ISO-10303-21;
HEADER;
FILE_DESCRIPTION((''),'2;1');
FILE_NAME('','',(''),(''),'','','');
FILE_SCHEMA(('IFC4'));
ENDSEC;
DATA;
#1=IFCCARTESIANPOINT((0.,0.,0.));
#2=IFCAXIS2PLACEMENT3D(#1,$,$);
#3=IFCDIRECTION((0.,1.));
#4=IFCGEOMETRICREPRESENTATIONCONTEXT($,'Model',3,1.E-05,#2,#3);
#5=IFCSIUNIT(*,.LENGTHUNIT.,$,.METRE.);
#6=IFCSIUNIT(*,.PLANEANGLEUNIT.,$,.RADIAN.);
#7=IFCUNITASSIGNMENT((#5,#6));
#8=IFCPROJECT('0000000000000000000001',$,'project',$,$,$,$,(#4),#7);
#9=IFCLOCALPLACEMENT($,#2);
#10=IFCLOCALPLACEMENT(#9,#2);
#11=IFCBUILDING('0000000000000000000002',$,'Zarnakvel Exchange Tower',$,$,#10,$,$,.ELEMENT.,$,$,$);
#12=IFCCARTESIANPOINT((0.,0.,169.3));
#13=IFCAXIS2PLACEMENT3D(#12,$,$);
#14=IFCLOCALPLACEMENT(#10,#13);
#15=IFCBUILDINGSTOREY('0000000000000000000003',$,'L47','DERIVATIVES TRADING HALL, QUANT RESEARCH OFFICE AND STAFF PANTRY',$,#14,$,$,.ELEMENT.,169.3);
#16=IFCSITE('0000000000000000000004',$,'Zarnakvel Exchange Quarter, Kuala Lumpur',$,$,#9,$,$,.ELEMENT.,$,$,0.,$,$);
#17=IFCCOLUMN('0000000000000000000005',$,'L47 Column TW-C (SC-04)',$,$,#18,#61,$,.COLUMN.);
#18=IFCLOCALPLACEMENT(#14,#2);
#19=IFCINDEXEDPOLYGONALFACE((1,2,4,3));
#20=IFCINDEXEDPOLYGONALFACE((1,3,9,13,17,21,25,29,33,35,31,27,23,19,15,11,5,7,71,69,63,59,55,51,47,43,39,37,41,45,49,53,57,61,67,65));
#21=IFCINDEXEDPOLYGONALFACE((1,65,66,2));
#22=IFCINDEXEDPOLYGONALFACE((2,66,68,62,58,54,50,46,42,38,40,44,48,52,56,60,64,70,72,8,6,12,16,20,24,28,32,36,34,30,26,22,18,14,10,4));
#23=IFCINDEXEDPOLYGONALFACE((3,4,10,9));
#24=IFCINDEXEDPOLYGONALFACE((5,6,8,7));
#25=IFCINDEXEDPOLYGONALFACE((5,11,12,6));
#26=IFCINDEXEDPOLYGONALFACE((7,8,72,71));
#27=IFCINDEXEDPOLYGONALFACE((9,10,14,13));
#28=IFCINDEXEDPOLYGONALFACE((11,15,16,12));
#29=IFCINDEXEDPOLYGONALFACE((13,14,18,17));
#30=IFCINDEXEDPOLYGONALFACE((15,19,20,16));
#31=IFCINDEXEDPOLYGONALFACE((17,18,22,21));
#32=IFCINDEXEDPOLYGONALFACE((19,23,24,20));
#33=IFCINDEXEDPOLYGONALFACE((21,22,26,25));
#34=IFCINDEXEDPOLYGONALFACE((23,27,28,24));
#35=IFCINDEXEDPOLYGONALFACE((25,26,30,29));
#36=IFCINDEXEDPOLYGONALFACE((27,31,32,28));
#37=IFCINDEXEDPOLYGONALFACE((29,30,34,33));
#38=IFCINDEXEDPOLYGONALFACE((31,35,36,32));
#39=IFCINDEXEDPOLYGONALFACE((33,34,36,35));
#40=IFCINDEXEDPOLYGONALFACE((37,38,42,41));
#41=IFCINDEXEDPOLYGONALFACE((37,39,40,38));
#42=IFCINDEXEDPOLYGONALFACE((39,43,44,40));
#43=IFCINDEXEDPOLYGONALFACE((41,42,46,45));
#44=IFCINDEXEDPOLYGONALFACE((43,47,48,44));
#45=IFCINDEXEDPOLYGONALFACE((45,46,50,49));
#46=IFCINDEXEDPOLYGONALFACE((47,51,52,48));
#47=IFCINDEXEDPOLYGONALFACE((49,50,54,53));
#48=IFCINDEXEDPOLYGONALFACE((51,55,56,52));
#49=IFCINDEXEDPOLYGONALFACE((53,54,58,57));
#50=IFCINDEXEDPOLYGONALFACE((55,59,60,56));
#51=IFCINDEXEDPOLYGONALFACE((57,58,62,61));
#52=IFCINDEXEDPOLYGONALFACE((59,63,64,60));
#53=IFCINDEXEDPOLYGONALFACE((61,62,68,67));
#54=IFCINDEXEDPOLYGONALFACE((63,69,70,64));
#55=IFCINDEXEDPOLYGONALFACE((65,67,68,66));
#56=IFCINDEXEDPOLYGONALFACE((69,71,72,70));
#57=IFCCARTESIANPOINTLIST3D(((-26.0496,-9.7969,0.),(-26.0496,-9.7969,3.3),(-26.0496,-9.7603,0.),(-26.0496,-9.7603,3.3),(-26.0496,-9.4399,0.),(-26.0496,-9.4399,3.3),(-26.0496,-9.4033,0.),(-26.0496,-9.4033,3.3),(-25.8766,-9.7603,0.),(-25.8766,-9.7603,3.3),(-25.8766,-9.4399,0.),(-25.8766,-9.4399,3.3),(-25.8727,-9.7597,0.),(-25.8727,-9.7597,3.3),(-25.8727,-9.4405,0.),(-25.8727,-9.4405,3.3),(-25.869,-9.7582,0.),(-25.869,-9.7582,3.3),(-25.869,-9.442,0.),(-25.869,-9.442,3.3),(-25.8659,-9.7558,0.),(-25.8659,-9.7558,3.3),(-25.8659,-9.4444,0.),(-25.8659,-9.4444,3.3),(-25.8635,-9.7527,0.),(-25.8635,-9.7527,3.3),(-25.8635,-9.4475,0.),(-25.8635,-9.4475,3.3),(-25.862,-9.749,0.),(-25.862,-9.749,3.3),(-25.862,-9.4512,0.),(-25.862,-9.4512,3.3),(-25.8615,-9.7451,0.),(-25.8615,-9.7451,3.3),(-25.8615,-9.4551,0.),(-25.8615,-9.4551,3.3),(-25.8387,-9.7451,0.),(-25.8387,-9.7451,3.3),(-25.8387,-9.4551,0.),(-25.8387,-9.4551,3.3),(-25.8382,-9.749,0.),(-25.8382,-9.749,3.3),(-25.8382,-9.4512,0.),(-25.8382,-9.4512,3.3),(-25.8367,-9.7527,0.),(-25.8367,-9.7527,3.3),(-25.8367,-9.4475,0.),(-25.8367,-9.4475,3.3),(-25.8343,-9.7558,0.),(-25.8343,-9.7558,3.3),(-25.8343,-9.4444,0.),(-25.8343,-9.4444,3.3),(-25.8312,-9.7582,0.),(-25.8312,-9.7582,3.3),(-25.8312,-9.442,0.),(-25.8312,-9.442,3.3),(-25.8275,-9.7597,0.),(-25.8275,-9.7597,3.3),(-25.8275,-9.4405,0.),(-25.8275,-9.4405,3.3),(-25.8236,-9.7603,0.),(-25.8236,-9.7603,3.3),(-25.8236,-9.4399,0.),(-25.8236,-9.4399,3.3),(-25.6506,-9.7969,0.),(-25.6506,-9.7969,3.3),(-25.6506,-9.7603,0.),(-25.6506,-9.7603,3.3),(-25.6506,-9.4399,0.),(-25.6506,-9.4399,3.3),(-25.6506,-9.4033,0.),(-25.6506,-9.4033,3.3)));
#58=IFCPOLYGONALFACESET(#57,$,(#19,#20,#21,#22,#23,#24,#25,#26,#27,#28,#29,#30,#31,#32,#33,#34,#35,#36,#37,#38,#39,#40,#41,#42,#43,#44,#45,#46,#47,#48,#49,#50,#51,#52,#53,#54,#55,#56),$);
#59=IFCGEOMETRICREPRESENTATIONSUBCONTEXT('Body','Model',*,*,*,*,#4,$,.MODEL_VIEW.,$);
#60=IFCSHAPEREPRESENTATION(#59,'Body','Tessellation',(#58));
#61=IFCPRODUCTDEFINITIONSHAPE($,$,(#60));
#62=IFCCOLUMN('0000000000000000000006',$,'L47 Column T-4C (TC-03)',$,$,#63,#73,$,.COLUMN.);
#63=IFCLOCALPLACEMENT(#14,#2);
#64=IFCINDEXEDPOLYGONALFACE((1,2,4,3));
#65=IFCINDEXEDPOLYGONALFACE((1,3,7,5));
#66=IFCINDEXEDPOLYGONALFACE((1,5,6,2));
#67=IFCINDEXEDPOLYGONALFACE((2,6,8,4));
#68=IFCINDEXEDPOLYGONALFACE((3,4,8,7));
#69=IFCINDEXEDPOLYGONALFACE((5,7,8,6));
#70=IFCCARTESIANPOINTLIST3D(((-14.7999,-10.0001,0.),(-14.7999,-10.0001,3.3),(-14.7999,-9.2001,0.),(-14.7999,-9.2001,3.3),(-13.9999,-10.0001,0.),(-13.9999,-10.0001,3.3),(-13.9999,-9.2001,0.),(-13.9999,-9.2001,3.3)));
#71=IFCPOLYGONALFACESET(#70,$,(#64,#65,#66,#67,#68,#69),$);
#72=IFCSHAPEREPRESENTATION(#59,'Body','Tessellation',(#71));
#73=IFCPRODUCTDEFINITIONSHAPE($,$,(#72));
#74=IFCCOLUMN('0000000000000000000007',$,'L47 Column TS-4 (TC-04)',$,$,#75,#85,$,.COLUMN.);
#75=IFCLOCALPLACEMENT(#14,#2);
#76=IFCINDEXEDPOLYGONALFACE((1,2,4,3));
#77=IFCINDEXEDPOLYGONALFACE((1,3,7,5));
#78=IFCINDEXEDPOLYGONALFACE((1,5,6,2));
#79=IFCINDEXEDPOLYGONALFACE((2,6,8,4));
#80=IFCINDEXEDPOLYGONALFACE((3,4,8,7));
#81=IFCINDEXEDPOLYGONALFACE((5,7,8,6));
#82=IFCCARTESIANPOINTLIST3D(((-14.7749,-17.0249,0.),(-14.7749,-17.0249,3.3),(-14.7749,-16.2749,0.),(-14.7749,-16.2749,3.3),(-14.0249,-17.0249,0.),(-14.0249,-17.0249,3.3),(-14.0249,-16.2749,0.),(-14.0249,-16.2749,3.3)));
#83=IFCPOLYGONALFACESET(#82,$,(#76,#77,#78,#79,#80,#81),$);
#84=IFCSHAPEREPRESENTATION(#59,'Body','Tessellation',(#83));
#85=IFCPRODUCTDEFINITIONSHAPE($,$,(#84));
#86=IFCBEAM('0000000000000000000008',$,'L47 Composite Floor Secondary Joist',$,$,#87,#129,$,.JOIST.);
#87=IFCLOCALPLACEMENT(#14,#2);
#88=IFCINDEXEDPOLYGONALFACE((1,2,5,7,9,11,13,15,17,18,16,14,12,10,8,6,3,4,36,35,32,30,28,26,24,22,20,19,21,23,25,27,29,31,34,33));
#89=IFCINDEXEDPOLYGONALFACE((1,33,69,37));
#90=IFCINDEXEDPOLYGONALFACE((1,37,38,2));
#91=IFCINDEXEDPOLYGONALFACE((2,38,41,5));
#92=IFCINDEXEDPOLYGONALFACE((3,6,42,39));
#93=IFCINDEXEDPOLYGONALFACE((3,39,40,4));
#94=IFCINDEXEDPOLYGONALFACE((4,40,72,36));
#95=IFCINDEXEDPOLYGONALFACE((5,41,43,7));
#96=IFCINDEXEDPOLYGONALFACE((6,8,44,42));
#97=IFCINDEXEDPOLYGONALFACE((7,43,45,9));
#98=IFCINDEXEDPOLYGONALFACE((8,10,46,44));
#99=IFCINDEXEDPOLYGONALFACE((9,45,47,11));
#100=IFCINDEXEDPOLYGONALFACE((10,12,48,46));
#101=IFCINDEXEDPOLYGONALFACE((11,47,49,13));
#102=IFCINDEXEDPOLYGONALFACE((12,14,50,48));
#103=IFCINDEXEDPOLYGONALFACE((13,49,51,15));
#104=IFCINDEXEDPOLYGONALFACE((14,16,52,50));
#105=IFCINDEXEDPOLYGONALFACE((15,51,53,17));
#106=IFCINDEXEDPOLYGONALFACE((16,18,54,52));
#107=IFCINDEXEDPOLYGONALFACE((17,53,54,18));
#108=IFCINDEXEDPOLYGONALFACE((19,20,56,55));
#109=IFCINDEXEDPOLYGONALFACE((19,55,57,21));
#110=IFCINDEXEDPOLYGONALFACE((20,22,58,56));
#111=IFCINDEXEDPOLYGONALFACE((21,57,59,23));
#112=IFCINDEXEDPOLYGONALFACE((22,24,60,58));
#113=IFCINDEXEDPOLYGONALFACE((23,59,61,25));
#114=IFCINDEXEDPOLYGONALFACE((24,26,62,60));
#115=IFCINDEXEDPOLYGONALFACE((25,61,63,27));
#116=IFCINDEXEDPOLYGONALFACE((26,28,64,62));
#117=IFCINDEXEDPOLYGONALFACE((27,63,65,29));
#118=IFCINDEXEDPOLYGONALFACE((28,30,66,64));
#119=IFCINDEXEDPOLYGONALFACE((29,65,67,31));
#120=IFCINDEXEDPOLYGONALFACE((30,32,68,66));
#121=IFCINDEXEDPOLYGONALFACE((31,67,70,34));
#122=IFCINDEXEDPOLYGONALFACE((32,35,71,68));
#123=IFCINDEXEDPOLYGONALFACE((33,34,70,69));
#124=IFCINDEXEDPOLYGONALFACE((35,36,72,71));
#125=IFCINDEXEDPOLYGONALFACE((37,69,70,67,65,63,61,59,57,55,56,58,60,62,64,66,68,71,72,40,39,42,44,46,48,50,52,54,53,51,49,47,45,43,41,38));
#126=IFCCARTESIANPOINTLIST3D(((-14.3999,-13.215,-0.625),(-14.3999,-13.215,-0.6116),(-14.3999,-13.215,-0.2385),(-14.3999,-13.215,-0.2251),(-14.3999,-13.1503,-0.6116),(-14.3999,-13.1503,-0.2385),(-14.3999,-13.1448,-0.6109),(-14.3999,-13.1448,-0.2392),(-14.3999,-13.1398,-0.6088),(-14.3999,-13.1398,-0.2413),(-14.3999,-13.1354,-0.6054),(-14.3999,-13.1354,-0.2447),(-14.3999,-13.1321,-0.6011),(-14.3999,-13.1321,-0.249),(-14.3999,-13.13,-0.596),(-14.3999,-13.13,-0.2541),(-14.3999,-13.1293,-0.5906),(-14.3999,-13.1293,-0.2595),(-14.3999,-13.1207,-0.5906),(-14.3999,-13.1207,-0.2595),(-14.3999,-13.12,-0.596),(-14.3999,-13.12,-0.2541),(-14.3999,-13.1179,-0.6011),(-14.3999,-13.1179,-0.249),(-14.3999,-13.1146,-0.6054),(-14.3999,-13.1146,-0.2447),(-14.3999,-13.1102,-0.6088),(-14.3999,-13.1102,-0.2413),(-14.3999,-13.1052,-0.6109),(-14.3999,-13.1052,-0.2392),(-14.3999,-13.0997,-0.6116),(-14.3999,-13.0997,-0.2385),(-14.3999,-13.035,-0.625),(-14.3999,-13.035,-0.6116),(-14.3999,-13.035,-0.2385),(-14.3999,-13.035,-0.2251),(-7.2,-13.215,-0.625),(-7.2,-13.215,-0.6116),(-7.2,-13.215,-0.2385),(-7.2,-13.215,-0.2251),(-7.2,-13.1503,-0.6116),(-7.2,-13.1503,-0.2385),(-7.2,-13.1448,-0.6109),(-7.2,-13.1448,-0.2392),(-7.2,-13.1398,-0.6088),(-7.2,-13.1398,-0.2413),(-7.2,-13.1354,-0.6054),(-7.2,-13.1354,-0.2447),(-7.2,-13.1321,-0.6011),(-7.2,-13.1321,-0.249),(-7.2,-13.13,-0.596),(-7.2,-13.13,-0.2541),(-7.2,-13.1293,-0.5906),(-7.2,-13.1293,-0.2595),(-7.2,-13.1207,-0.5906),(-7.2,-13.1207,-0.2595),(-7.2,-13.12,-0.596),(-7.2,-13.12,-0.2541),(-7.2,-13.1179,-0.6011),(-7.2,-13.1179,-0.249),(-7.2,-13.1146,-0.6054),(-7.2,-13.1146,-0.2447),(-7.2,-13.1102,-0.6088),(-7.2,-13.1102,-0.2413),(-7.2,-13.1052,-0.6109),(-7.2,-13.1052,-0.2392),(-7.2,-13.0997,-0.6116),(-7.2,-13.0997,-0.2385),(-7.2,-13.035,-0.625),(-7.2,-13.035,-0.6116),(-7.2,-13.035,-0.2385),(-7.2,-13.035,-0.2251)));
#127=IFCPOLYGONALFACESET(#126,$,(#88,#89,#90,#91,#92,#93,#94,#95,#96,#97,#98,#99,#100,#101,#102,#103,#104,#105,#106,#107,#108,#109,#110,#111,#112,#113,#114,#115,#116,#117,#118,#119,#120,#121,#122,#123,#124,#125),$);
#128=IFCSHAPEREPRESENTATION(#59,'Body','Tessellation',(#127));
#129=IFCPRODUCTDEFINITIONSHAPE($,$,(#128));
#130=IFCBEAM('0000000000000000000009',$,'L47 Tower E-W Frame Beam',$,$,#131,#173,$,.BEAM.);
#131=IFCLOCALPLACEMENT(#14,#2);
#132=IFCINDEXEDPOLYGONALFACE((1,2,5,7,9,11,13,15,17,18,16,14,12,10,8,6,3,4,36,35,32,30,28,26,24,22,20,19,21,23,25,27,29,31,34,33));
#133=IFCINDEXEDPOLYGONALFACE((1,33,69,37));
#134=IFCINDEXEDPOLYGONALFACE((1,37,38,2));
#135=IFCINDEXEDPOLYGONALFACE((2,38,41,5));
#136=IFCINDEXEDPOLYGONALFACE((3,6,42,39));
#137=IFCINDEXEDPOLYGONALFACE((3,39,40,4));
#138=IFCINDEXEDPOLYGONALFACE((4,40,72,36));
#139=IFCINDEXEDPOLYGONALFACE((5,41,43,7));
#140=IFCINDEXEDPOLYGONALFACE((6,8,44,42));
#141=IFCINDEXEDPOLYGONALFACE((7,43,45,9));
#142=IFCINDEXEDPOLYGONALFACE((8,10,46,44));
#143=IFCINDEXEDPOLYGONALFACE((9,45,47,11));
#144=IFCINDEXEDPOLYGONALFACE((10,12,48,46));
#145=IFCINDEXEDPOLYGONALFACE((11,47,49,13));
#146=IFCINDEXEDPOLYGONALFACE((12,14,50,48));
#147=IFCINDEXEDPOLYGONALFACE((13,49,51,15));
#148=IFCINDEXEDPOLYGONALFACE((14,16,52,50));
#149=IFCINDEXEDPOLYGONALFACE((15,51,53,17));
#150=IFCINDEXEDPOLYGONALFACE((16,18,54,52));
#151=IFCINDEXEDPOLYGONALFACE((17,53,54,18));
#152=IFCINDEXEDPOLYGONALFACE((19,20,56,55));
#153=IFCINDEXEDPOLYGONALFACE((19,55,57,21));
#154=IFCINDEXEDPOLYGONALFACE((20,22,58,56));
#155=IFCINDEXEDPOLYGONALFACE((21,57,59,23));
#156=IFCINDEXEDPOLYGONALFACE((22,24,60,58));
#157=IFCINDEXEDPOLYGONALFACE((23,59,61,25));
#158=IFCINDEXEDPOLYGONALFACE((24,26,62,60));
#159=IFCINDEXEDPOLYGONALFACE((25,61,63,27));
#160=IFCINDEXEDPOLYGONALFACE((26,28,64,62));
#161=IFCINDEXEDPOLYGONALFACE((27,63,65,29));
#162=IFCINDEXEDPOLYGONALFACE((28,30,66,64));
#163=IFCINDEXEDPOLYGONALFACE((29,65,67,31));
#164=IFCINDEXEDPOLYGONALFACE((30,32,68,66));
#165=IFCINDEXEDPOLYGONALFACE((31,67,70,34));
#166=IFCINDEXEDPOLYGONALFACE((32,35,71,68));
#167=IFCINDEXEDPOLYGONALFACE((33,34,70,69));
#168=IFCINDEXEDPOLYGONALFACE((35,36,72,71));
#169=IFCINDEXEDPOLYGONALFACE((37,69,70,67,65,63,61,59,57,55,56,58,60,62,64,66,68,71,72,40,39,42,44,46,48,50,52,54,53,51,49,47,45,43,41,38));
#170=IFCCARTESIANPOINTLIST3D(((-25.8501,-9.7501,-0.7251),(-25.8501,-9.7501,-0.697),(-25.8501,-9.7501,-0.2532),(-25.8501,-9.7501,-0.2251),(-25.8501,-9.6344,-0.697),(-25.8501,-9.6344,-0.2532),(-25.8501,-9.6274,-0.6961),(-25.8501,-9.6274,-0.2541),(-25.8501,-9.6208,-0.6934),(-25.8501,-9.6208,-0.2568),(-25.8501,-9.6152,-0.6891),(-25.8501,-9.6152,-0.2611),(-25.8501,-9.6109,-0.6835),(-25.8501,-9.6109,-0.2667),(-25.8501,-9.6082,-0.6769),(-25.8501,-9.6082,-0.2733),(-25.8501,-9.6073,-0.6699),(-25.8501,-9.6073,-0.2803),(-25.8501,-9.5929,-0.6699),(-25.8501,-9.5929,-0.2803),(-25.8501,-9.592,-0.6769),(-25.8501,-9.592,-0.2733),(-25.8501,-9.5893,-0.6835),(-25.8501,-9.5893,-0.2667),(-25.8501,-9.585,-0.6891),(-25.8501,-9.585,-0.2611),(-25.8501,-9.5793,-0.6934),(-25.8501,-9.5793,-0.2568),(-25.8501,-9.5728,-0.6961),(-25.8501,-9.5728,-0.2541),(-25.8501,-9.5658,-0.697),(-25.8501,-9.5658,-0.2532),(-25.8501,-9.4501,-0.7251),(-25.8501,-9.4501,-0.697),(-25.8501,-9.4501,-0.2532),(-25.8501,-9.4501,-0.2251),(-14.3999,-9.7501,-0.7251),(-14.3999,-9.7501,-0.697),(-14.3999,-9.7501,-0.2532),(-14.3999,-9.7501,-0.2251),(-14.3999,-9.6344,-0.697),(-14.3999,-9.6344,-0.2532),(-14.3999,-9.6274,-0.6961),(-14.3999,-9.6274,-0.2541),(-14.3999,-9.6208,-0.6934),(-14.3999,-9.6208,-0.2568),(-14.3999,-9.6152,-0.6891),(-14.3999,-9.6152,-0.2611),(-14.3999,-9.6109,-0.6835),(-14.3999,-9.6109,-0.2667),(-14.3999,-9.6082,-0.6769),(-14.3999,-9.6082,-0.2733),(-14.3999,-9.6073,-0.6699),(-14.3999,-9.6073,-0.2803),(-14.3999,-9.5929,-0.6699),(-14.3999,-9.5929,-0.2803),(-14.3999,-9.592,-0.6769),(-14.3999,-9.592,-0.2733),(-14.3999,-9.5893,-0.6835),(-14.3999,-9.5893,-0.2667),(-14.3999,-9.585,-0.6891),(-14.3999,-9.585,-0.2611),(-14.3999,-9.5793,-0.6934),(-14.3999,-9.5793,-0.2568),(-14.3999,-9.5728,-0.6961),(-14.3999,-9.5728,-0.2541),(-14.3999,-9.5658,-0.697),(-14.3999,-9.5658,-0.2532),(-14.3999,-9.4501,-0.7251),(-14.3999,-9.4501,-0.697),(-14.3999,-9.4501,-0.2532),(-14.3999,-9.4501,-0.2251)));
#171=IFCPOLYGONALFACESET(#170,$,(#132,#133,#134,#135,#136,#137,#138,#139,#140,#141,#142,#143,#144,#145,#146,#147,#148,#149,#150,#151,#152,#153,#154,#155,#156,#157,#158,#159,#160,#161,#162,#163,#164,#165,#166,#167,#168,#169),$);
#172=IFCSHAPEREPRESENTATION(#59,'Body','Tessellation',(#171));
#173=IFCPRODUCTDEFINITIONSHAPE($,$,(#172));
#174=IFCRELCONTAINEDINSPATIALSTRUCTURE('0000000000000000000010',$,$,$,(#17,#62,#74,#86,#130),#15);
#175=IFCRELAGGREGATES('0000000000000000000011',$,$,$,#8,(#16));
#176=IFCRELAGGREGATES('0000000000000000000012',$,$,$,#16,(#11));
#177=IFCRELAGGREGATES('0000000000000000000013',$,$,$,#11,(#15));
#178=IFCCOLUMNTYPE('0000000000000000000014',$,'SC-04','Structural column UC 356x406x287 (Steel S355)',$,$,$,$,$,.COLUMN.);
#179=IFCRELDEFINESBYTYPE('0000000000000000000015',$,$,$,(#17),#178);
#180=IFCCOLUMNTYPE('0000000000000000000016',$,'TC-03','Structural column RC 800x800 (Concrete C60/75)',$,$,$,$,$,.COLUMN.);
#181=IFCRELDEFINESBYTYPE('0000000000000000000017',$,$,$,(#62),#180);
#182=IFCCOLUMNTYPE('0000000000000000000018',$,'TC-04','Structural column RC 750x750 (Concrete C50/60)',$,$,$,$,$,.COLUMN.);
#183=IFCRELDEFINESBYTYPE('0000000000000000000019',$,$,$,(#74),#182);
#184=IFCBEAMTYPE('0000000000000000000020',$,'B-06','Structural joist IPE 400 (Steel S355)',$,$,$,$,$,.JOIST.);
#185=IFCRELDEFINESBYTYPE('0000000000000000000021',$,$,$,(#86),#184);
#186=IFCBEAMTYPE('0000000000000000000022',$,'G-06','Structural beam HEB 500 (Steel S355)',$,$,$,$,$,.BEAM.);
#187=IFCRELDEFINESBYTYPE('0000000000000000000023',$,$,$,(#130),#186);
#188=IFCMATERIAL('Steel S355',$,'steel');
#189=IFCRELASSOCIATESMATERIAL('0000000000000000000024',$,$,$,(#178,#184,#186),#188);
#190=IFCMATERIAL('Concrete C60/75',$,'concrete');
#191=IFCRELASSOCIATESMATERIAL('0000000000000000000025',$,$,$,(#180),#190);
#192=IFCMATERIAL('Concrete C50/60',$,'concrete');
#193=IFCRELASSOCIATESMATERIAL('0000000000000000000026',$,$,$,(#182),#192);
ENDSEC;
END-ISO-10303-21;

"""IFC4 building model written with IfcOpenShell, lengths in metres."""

from ifc_helpers import new_model, si_unit, direction, frame, origin, origin_2d, place, context, subcontext, project, spatial, rectangle, i_section, extrude, material, material_profile, profile_set, type_object, element, save


model = new_model("IFC4")

# Units and contexts
model_context = context("Model", 3, precision=1e-05, world=origin(), true_north=direction((0.0, 1.0)))
body_context = subcontext(model_context, "Body", "Model", "MODEL_VIEW")
ifc_project = project(units=[si_unit("LENGTHUNIT", "METRE"), si_unit("PLANEANGLEUNIT", "RADIAN")], contexts=[model_context])

# Site, building, storey
site_placement = place(None, origin())
site = spatial("IfcSite", under=ifc_project, at=site_placement, Name="Zarnakvel Exchange Quarter, Kuala Lumpur", CompositionType="ELEMENT", RefElevation=0.0)
building_placement = place(site_placement, origin())
building = spatial("IfcBuilding", under=site, at=building_placement, Name="Zarnakvel Exchange Tower", CompositionType="ELEMENT")
storey_placement = place(building_placement, frame((0.0, 0.0, 169.3)))
storey = spatial("IfcBuildingStorey", under=building, at=storey_placement, Name="L47", Description="DERIVATIVES TRADING HALL, QUANT RESEARCH OFFICE AND STAFF PANTRY", CompositionType="ELEMENT", Elevation=169.3)

# Columns
ifc_material_1 = material(Name="Steel S355", Category="steel")
ifc_material_profile_1 = material_profile(ifc_material_1, i_section(OverallWidth=0.3989, OverallDepth=0.3936, WebThickness=0.0227, FlangeThickness=0.0366, FilletRadius=0.0151, at=origin_2d()))
ifc_profile_set_1 = profile_set([ifc_material_profile_1], Name="Steel S355")
column_type_1 = type_object("IfcColumnType", Name="SC-04", Description="Structural column UC 356x406x287 (Steel S355)", PredefinedType="COLUMN", material=ifc_profile_set_1)
column_1_placement = place(storey_placement, frame((-25.8501, -9.6001, 0.0), z_axis=(0.0, 0.0, 1.0), x_axis=(1.0, 0.0, 0.0)))
element("IfcColumn", 1, at=column_1_placement, inside=storey, type_object=column_type_1, Name="L47 Column TW-C (SC-04)", PredefinedType="COLUMN", context=body_context, shape_type="SweptSolid", body=[
    extrude(i_section(OverallWidth=0.3989, OverallDepth=0.3936, WebThickness=0.0227, FlangeThickness=0.0366, FilletRadius=0.0151, at=origin_2d()), origin(), (0.0, 0.0, 1.0), 3.3),
])
ifc_material_2 = material(Name="Concrete C60/75", Category="concrete")
ifc_material_profile_2 = material_profile(ifc_material_2, rectangle(XDim=0.8, YDim=0.8, at=origin_2d()))
ifc_profile_set_2 = profile_set([ifc_material_profile_2], Name="Concrete C60/75")
column_type_2 = type_object("IfcColumnType", Name="TC-03", Description="Structural column RC 800x800 (Concrete C60/75)", PredefinedType="COLUMN", material=ifc_profile_set_2)
column_2_placement = place(storey_placement, frame((-14.3999, -9.6001, 0.0), z_axis=(0.0, 0.0, 1.0), x_axis=(1.0, 0.0, 0.0)))
element("IfcColumn", 2, at=column_2_placement, inside=storey, type_object=column_type_2, Name="L47 Column T-4C (TC-03)", PredefinedType="COLUMN", context=body_context, shape_type="SweptSolid", body=[
    extrude(rectangle(XDim=0.8, YDim=0.8, at=origin_2d()), origin(), (0.0, 0.0, 1.0), 3.3),
])
ifc_material_3 = material(Name="Concrete C50/60", Category="concrete")
ifc_material_profile_3 = material_profile(ifc_material_3, rectangle(XDim=0.75, YDim=0.75, at=origin_2d()))
ifc_profile_set_3 = profile_set([ifc_material_profile_3], Name="Concrete C50/60")
column_type_3 = type_object("IfcColumnType", Name="TC-04", Description="Structural column RC 750x750 (Concrete C50/60)", PredefinedType="COLUMN", material=ifc_profile_set_3)
column_3_placement = place(storey_placement, frame((-14.3999, -16.6499, 0.0), z_axis=(0.0, 0.0, 1.0), x_axis=(1.0, 0.0, 0.0)))
element("IfcColumn", 3, at=column_3_placement, inside=storey, type_object=column_type_3, Name="L47 Column TS-4 (TC-04)", PredefinedType="COLUMN", context=body_context, shape_type="SweptSolid", body=[
    extrude(rectangle(XDim=0.75, YDim=0.75, at=origin_2d()), origin(), (0.0, 0.0, 1.0), 3.3),
])

# Beams
ifc_material_profile_4 = material_profile(ifc_material_1, i_section(OverallWidth=0.1799, OverallDepth=0.3999, WebThickness=0.0085, FlangeThickness=0.0134, FilletRadius=0.021, at=origin_2d()))
ifc_profile_set_4 = profile_set([ifc_material_profile_4], Name="Steel S355")
beam_type_1 = type_object("IfcBeamType", Name="B-06", Description="Structural joist IPE 400 (Steel S355)", PredefinedType="JOIST", material=ifc_profile_set_4)
beam_1_placement = place(storey_placement, frame((-14.3999, -13.125, -0.425), z_axis=(1.0, 0.0, 0.0), x_axis=(0.0, 1.0, 0.0)))
element("IfcBeam", 4, at=beam_1_placement, inside=storey, type_object=beam_type_1, Name="L47 Composite Floor Secondary Joist", PredefinedType="JOIST", context=body_context, shape_type="SweptSolid", body=[
    extrude(i_section(OverallWidth=0.1799, OverallDepth=0.3999, WebThickness=0.0085, FlangeThickness=0.0134, FilletRadius=0.021, at=origin_2d()), origin(), (0.0, 0.0, 1.0), 7.2),
])
ifc_material_profile_5 = material_profile(ifc_material_1, i_section(OverallWidth=0.3, OverallDepth=0.5, WebThickness=0.0144, FlangeThickness=0.0281, FilletRadius=0.0271, at=origin_2d()))
ifc_profile_set_5 = profile_set([ifc_material_profile_5], Name="Steel S355")
beam_type_2 = type_object("IfcBeamType", Name="G-06", Description="Structural beam HEB 500 (Steel S355)", PredefinedType="BEAM", material=ifc_profile_set_5)
beam_2_placement = place(storey_placement, frame((-25.8501, -9.6001, -0.4751), z_axis=(1.0, 0.0, 0.0), x_axis=(0.0, 1.0, 0.0)))
element("IfcBeam", 5, at=beam_2_placement, inside=storey, type_object=beam_type_2, Name="L47 Tower E-W Frame Beam", PredefinedType="BEAM", context=body_context, shape_type="SweptSolid", body=[
    extrude(i_section(OverallWidth=0.3, OverallDepth=0.5, WebThickness=0.0144, FlangeThickness=0.0281, FilletRadius=0.0271, at=origin_2d()), origin(), (0.0, 0.0, 1.0), 11.4502),
])

save(model, "model.ifc")
